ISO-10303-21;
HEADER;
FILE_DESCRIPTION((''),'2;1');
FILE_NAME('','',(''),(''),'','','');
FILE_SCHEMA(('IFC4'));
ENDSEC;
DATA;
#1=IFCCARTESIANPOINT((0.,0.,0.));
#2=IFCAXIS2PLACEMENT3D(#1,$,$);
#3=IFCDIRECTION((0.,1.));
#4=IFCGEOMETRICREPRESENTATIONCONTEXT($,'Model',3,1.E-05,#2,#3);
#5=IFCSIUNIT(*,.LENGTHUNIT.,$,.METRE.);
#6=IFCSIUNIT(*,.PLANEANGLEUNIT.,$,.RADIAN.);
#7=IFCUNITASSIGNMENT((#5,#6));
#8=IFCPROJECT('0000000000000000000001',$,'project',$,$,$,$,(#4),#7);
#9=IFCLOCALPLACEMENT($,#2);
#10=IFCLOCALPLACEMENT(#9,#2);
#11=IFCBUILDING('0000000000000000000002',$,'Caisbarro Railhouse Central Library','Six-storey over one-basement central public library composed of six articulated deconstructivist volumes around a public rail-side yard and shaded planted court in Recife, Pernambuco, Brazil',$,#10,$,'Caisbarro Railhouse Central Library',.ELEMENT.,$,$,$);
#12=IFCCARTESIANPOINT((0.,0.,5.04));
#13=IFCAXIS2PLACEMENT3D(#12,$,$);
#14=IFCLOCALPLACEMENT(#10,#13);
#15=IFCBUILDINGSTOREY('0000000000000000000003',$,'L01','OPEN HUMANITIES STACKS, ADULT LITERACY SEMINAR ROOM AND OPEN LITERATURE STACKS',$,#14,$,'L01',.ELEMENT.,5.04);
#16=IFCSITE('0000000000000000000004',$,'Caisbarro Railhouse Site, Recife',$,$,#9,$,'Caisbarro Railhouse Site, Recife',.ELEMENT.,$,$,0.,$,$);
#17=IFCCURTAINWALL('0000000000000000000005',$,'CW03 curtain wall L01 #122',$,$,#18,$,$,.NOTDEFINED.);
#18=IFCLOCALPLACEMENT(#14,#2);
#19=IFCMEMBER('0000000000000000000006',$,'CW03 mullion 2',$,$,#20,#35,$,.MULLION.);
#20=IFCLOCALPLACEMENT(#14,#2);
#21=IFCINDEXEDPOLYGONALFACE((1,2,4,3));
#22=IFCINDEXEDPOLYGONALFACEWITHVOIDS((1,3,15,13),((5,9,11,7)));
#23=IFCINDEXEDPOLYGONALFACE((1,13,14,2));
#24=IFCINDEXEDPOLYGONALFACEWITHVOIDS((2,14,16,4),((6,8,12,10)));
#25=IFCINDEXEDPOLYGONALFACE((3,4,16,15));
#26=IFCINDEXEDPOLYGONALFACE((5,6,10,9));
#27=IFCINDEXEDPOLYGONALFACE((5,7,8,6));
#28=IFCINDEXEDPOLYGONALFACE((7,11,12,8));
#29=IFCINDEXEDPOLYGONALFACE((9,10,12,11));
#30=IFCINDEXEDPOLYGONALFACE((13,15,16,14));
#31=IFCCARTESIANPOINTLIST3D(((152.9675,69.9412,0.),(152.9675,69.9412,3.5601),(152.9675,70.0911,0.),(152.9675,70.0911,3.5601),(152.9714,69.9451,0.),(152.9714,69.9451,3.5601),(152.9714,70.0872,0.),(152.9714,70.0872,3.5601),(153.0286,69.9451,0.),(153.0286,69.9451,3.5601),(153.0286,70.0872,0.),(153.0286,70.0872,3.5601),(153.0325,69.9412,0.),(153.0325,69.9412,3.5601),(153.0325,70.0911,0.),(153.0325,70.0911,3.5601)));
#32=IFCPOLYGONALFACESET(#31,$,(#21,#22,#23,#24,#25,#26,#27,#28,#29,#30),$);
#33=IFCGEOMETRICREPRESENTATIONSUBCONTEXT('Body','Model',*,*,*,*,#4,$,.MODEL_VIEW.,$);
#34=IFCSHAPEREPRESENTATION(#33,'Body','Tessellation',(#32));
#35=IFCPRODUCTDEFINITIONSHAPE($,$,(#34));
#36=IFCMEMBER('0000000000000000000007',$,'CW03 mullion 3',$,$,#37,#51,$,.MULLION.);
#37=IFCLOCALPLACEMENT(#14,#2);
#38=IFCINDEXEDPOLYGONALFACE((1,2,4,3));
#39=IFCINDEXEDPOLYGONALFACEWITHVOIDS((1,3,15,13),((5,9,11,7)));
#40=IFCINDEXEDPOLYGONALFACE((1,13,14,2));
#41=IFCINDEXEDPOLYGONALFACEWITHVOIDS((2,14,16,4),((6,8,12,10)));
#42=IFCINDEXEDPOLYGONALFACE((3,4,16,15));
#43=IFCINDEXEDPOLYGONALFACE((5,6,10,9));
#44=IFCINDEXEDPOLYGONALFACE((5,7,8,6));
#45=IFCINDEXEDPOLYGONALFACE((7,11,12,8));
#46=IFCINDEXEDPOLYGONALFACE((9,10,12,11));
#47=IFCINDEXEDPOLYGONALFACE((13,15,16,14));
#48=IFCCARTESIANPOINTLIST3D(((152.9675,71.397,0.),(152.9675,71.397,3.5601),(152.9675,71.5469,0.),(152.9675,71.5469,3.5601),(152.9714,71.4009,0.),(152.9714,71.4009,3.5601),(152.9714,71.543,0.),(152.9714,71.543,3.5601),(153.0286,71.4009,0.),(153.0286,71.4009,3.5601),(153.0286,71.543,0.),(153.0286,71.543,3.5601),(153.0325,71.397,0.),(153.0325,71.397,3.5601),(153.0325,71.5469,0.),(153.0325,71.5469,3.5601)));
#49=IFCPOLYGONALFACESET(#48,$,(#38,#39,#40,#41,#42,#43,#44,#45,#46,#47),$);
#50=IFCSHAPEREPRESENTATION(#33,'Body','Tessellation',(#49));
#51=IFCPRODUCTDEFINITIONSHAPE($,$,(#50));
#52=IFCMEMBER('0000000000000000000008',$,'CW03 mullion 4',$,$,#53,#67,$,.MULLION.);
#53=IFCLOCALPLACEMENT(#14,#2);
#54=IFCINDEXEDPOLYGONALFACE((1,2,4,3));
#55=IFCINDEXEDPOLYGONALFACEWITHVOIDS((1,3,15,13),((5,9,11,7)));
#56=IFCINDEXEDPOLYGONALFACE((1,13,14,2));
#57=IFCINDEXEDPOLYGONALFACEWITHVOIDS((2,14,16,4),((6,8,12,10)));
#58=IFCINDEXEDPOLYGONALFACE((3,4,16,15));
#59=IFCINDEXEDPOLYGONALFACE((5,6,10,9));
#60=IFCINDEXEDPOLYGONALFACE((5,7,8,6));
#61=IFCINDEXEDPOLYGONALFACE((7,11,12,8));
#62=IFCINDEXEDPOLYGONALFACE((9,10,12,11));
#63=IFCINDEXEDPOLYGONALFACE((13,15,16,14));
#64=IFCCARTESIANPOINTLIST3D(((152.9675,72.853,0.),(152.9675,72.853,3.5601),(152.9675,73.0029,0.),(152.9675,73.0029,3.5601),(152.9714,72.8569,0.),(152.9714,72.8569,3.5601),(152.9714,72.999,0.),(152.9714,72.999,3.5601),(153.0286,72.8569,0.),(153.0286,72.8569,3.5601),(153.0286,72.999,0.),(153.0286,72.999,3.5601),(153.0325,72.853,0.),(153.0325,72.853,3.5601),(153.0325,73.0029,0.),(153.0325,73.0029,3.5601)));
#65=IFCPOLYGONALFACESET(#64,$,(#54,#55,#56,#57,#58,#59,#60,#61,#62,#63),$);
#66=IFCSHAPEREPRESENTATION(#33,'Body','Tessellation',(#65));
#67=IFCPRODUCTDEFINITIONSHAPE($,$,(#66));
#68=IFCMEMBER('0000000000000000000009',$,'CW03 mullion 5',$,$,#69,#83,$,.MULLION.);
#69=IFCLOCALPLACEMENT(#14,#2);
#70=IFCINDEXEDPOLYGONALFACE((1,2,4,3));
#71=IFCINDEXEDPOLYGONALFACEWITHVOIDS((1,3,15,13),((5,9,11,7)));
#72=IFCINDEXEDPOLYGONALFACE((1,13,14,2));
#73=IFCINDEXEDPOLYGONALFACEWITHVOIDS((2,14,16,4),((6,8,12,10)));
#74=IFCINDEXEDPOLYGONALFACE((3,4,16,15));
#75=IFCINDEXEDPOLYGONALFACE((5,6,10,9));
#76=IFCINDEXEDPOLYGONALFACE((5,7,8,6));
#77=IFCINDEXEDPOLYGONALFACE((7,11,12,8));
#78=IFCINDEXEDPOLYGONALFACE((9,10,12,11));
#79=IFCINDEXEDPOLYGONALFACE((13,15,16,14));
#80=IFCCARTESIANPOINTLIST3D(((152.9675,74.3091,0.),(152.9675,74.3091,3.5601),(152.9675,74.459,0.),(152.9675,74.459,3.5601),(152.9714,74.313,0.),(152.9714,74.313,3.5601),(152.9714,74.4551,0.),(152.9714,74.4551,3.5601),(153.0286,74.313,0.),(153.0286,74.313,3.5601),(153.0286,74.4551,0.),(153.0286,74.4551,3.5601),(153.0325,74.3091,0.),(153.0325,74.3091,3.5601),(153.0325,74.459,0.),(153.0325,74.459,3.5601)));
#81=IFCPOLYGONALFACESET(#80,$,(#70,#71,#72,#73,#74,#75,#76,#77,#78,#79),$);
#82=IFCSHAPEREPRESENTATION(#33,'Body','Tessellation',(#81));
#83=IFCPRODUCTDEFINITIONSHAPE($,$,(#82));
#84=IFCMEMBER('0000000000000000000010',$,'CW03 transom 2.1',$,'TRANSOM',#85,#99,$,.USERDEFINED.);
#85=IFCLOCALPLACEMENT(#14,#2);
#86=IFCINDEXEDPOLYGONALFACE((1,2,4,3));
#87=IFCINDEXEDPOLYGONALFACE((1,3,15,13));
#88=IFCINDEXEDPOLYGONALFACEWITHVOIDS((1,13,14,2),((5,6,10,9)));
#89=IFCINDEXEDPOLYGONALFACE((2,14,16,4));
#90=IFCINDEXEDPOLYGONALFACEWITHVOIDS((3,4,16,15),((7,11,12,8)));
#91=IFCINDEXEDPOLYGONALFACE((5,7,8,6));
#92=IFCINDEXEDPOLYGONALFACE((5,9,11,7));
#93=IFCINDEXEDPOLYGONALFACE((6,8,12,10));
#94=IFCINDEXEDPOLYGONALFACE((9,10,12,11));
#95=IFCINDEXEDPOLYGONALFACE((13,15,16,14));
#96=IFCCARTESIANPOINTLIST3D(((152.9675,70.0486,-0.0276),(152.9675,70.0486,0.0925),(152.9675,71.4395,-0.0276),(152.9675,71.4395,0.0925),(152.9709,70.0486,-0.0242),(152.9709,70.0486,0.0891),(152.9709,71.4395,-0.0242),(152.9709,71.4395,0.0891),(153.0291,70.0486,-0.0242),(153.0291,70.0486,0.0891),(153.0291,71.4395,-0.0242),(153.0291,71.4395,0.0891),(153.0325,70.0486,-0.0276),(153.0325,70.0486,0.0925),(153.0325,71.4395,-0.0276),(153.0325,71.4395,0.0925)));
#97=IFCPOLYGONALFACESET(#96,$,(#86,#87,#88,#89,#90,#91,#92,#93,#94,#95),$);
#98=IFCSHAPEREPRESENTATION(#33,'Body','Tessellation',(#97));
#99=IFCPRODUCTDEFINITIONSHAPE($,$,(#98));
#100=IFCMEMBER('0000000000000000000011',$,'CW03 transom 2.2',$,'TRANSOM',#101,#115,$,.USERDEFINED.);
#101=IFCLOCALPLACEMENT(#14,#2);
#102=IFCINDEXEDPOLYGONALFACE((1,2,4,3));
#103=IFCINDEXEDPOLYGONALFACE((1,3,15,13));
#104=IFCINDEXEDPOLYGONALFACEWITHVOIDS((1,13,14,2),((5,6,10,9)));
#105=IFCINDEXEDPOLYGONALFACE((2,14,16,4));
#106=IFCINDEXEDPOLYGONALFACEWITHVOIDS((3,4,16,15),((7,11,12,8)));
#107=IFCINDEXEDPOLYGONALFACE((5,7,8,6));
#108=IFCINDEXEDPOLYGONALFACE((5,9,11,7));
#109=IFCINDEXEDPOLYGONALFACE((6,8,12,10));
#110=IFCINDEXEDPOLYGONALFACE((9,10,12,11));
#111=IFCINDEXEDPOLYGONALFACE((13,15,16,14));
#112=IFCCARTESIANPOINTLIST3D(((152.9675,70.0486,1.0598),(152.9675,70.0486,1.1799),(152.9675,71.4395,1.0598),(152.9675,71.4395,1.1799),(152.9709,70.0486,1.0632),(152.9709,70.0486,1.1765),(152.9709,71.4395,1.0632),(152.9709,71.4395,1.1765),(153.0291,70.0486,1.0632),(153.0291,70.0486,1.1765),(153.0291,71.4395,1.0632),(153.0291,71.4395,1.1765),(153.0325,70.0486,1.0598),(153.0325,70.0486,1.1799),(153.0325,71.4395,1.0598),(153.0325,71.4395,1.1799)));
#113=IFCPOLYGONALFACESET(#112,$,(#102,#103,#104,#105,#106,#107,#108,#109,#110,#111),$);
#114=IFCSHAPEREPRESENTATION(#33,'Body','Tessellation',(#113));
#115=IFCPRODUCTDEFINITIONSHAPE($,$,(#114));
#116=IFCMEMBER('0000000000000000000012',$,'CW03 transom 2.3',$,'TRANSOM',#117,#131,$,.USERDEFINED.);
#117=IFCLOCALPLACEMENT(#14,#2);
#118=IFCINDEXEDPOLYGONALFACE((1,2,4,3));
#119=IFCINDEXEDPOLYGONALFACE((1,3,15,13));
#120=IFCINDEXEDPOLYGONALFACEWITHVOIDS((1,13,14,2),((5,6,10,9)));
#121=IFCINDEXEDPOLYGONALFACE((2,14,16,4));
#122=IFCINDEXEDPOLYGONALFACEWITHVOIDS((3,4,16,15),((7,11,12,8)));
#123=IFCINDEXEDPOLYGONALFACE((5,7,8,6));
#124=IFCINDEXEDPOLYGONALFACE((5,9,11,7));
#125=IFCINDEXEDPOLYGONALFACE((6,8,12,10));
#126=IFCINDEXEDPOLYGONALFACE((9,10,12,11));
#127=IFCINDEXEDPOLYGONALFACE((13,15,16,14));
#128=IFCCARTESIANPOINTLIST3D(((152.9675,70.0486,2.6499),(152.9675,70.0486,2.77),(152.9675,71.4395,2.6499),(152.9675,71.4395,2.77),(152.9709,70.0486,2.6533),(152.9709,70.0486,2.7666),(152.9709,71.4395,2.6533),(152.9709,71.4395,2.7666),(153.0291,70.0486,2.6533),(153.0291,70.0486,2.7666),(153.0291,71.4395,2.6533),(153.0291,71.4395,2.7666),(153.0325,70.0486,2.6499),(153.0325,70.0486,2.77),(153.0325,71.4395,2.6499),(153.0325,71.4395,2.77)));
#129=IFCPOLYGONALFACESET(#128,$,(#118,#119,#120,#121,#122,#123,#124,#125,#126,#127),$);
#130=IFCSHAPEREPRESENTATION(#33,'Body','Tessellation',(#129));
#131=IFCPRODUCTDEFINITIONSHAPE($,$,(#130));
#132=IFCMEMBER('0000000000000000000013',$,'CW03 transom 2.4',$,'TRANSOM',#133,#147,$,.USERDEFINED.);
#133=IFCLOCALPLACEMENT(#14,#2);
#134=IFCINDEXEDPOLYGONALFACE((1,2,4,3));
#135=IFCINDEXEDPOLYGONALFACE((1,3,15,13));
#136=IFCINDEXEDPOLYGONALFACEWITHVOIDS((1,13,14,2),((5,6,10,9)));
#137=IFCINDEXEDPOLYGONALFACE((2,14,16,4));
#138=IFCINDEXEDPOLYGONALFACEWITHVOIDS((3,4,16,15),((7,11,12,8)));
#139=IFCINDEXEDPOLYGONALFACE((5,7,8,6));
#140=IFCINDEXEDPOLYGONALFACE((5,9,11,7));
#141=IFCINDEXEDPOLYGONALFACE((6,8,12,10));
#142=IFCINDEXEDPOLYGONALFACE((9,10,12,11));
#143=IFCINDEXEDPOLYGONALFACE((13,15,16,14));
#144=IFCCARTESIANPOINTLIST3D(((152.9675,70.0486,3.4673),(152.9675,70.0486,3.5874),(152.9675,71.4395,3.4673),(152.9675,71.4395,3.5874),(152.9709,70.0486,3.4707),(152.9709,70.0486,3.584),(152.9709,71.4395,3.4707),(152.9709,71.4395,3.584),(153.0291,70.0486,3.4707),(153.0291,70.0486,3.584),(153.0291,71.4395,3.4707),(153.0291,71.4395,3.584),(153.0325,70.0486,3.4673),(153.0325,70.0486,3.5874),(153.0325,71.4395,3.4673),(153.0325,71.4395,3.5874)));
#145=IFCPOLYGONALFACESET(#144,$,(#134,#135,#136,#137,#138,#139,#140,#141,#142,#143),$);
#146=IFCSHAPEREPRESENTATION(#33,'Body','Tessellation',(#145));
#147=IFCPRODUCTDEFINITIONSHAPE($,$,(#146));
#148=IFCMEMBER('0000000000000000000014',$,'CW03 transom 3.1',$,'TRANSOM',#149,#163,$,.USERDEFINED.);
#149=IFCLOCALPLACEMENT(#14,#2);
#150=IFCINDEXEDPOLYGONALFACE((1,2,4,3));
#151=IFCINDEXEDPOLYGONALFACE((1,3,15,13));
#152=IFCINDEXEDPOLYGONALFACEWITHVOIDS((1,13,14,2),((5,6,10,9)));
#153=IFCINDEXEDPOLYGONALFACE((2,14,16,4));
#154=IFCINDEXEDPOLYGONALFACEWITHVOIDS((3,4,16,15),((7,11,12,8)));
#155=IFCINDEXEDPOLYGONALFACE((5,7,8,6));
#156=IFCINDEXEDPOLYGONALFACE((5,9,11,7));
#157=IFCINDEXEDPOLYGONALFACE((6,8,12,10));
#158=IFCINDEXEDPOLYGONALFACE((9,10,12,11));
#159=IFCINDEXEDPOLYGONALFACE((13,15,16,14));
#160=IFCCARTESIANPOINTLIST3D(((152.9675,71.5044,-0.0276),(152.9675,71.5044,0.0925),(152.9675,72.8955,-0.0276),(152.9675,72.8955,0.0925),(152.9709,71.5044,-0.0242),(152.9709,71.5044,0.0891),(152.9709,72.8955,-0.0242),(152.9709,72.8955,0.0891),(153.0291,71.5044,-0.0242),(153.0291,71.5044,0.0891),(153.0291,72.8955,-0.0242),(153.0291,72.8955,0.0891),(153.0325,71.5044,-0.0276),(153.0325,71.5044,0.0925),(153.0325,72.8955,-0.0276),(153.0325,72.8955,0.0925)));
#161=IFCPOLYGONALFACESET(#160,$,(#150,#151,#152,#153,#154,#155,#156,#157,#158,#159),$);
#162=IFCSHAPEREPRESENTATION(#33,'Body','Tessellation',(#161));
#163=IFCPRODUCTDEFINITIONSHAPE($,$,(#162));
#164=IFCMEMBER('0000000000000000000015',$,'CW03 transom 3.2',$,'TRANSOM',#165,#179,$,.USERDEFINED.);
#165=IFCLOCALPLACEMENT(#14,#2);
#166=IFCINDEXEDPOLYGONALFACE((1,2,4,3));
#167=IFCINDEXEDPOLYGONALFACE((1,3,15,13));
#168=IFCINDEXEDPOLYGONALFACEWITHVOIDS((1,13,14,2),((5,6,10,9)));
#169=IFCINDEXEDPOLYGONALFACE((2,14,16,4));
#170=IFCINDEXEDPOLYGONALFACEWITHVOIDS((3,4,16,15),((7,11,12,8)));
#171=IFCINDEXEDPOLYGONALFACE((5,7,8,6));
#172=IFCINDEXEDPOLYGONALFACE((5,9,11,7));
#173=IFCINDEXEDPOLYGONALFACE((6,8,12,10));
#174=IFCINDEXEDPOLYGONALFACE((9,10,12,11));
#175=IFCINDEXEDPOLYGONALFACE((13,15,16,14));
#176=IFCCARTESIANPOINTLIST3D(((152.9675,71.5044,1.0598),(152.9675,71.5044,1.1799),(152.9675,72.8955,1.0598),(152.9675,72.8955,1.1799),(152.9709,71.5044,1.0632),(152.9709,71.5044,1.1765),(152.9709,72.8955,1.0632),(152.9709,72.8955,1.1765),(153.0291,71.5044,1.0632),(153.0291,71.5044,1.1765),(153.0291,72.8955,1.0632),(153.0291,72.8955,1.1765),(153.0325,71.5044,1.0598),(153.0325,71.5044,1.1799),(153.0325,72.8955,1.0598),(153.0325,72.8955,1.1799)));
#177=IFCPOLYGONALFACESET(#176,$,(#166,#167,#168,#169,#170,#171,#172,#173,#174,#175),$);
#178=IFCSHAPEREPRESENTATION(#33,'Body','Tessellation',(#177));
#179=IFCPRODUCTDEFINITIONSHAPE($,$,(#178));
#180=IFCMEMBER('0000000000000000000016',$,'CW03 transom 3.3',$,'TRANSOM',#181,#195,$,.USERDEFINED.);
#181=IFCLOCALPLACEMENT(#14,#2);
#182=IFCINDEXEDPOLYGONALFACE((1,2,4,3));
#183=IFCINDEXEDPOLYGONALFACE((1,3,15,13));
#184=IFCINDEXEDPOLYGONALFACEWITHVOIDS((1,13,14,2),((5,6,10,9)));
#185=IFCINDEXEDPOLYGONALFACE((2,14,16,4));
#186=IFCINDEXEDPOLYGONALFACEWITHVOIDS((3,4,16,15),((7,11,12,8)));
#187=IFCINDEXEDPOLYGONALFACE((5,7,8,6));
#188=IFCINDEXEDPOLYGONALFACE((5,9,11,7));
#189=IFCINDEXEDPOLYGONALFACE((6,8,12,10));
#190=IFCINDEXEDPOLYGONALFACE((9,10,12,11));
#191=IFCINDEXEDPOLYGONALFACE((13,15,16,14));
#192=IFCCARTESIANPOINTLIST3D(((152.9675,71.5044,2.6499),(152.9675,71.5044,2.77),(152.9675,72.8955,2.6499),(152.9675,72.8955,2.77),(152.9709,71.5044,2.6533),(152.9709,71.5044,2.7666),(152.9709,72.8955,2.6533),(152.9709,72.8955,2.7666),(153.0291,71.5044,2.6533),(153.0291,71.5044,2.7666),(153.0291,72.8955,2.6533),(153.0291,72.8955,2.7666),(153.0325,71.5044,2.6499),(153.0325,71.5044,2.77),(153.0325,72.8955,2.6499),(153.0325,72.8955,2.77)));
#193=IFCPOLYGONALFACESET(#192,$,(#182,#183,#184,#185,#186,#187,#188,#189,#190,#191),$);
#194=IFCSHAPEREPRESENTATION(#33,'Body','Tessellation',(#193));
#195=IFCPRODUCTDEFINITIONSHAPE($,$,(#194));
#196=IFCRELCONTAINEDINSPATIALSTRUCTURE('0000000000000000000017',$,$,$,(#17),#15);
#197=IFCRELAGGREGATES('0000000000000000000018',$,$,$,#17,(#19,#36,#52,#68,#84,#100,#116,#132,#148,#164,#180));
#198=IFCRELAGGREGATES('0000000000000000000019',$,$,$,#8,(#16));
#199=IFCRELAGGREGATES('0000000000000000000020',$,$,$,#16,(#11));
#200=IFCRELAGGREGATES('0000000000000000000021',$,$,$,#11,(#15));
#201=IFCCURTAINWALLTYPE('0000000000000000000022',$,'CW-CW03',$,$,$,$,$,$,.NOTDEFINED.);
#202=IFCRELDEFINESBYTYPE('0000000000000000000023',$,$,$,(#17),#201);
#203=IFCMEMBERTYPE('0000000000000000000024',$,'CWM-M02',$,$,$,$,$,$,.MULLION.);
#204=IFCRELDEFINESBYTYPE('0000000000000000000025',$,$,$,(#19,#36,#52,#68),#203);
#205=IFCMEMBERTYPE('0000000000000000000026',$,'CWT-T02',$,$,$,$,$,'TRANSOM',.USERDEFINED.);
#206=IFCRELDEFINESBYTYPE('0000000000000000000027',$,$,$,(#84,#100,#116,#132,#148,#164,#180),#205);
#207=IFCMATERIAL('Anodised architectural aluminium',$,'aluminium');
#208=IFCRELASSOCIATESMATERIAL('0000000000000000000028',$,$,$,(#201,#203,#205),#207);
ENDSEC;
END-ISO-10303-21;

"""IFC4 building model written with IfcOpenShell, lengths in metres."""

from ifc_helpers import new_model, si_unit, direction, frame, origin, origin_2d, place, context, subcontext, project, spatial, hollow_rectangle, extrude, material, material_profile, profile_set, type_object, element, aggregate, save


model = new_model("IFC4")

# Units and contexts
model_context = context("Model", 3, precision=1e-05, world=origin(), true_north=direction((0.0, 1.0)))
body_context = subcontext(model_context, "Body", "Model", "MODEL_VIEW")
ifc_project = project(units=[si_unit("LENGTHUNIT", "METRE"), si_unit("PLANEANGLEUNIT", "RADIAN")], contexts=[model_context])

# Site, building, storey
site_placement = place(None, origin())
site = spatial("IfcSite", under=ifc_project, at=site_placement, Name="Caisbarro Railhouse Site, Recife", LongName="Caisbarro Railhouse Site, Recife", CompositionType="ELEMENT", RefElevation=0.0)
building_placement = place(site_placement, origin())
building = spatial("IfcBuilding", under=site, at=building_placement, Name="Caisbarro Railhouse Central Library", Description="Six-storey over one-basement central public library composed of six articulated deconstructivist volumes around a public rail-side yard and shaded planted court in Recife, Pernambuco, Brazil", LongName="Caisbarro Railhouse Central Library", CompositionType="ELEMENT")
storey_placement = place(building_placement, frame((0.0, 0.0, 5.04)))
storey = spatial("IfcBuildingStorey", under=building, at=storey_placement, Name="L01", Description="OPEN HUMANITIES STACKS, ADULT LITERACY SEMINAR ROOM AND OPEN LITERATURE STACKS", LongName="L01", CompositionType="ELEMENT", Elevation=5.04)

# Curtain wall, members
ifc_material_1 = material(Name="Anodised architectural aluminium", Category="aluminium")
curtain_wall_type = type_object("IfcCurtainWallType", Name="CW-CW03", PredefinedType="NOTDEFINED", material=ifc_material_1)
curtain_wall_placement = place(storey_placement, origin())
curtain_wall = element("IfcCurtainWall", 1, at=curtain_wall_placement, inside=storey, type_object=curtain_wall_type, Name="CW03 curtain wall L01 #122", PredefinedType="NOTDEFINED")
ifc_material_profile_1 = material_profile(ifc_material_1, hollow_rectangle(XDim=0.0649, YDim=0.1499, WallThickness=0.0039, at=origin_2d()), Name="ALU-MUL-65X150")
ifc_profile_set_1 = profile_set([ifc_material_profile_1], Name="Anodised architectural aluminium")
member_type_1 = type_object("IfcMemberType", Name="CWM-M02", PredefinedType="MULLION", material=ifc_profile_set_1)
member_1_placement = place(storey_placement, frame((153.0, 70.0161, 0.0), z_axis=(0.0, 0.0, 1.0), x_axis=(-1.0, 0.0, 0.0)))
member_1 = element("IfcMember", 2, at=member_1_placement, type_object=member_type_1, Name="CW03 mullion 2", PredefinedType="MULLION", context=body_context, shape_type="SweptSolid", body=[
    extrude(hollow_rectangle(XDim=0.0649, YDim=0.1499, WallThickness=0.0039, at=origin_2d()), origin(), (0.0, 0.0, 1.0), 3.5601),
])
member_2_placement = place(storey_placement, frame((153.0, 71.4719, 0.0), z_axis=(0.0, 0.0, 1.0), x_axis=(-1.0, 0.0, 0.0)))
member_2 = element("IfcMember", 3, at=member_2_placement, type_object=member_type_1, Name="CW03 mullion 3", PredefinedType="MULLION", context=body_context, shape_type="SweptSolid", body=[
    extrude(hollow_rectangle(XDim=0.0649, YDim=0.1499, WallThickness=0.0039, at=origin_2d()), origin(), (0.0, 0.0, 1.0), 3.5601),
])
member_3_placement = place(storey_placement, frame((153.0, 72.928, 0.0), z_axis=(0.0, 0.0, 1.0), x_axis=(-1.0, 0.0, 0.0)))
member_3 = element("IfcMember", 4, at=member_3_placement, type_object=member_type_1, Name="CW03 mullion 4", PredefinedType="MULLION", context=body_context, shape_type="SweptSolid", body=[
    extrude(hollow_rectangle(XDim=0.0649, YDim=0.1499, WallThickness=0.0039, at=origin_2d()), origin(), (0.0, 0.0, 1.0), 3.5601),
])
member_4_placement = place(storey_placement, frame((153.0, 74.384, 0.0), z_axis=(0.0, 0.0, 1.0), x_axis=(-1.0, 0.0, 0.0)))
member_4 = element("IfcMember", 5, at=member_4_placement, type_object=member_type_1, Name="CW03 mullion 5", PredefinedType="MULLION", context=body_context, shape_type="SweptSolid", body=[
    extrude(hollow_rectangle(XDim=0.0649, YDim=0.1499, WallThickness=0.0039, at=origin_2d()), origin(), (0.0, 0.0, 1.0), 3.5601),
])
ifc_material_profile_2 = material_profile(ifc_material_1, hollow_rectangle(XDim=0.0649, YDim=0.1201, WallThickness=0.0034, at=origin_2d()), Name="ALU-TRN-65X120")
ifc_profile_set_2 = profile_set([ifc_material_profile_2], Name="Anodised architectural aluminium")
member_type_2 = type_object("IfcMemberType", Name="CWT-T02", ElementType="TRANSOM", PredefinedType="USERDEFINED", material=ifc_profile_set_2)
member_5_placement = place(storey_placement, frame((153.0, 70.0486, 0.0325), z_axis=(0.0, 1.0, 0.0), x_axis=(-1.0, 0.0, 0.0)))
member_5 = element("IfcMember", 6, at=member_5_placement, type_object=member_type_2, Name="CW03 transom 2.1", ObjectType="TRANSOM", PredefinedType="USERDEFINED", context=body_context, shape_type="SweptSolid", body=[
    extrude(hollow_rectangle(XDim=0.0649, YDim=0.1201, WallThickness=0.0034, at=origin_2d()), origin(), (0.0, 0.0, 1.0), 1.3909),
])
member_6_placement = place(storey_placement, frame((153.0, 70.0486, 1.1199), z_axis=(0.0, 1.0, 0.0), x_axis=(-1.0, 0.0, 0.0)))
member_6 = element("IfcMember", 7, at=member_6_placement, type_object=member_type_2, Name="CW03 transom 2.2", ObjectType="TRANSOM", PredefinedType="USERDEFINED", context=body_context, shape_type="SweptSolid", body=[
    extrude(hollow_rectangle(XDim=0.0649, YDim=0.1201, WallThickness=0.0034, at=origin_2d()), origin(), (0.0, 0.0, 1.0), 1.3909),
])
member_7_placement = place(storey_placement, frame((153.0, 70.0486, 2.71), z_axis=(0.0, 1.0, 0.0), x_axis=(-1.0, 0.0, 0.0)))
member_7 = element("IfcMember", 8, at=member_7_placement, type_object=member_type_2, Name="CW03 transom 2.3", ObjectType="TRANSOM", PredefinedType="USERDEFINED", context=body_context, shape_type="SweptSolid", body=[
    extrude(hollow_rectangle(XDim=0.0649, YDim=0.1201, WallThickness=0.0034, at=origin_2d()), origin(), (0.0, 0.0, 1.0), 1.3909),
])
member_8_placement = place(storey_placement, frame((153.0, 70.0486, 3.5273), z_axis=(0.0, 1.0, 0.0), x_axis=(-1.0, 0.0, 0.0)))
member_8 = element("IfcMember", 9, at=member_8_placement, type_object=member_type_2, Name="CW03 transom 2.4", ObjectType="TRANSOM", PredefinedType="USERDEFINED", context=body_context, shape_type="SweptSolid", body=[
    extrude(hollow_rectangle(XDim=0.0649, YDim=0.1201, WallThickness=0.0034, at=origin_2d()), origin(), (0.0, 0.0, 1.0), 1.3909),
])
member_9_placement = place(storey_placement, frame((153.0, 71.5044, 0.0325), z_axis=(0.0, 1.0, 0.0), x_axis=(-1.0, 0.0, 0.0)))
member_9 = element("IfcMember", 10, at=member_9_placement, type_object=member_type_2, Name="CW03 transom 3.1", ObjectType="TRANSOM", PredefinedType="USERDEFINED", context=body_context, shape_type="SweptSolid", body=[
    extrude(hollow_rectangle(XDim=0.0649, YDim=0.1201, WallThickness=0.0034, at=origin_2d()), origin(), (0.0, 0.0, 1.0), 1.3911),
])
member_10_placement = place(storey_placement, frame((153.0, 71.5044, 1.1199), z_axis=(0.0, 1.0, 0.0), x_axis=(-1.0, 0.0, 0.0)))
member_10 = element("IfcMember", 11, at=member_10_placement, type_object=member_type_2, Name="CW03 transom 3.2", ObjectType="TRANSOM", PredefinedType="USERDEFINED", context=body_context, shape_type="SweptSolid", body=[
    extrude(hollow_rectangle(XDim=0.0649, YDim=0.1201, WallThickness=0.0034, at=origin_2d()), origin(), (0.0, 0.0, 1.0), 1.3911),
])
member_11_placement = place(storey_placement, frame((153.0, 71.5044, 2.71), z_axis=(0.0, 1.0, 0.0), x_axis=(-1.0, 0.0, 0.0)))
member_11 = element("IfcMember", 12, at=member_11_placement, type_object=member_type_2, Name="CW03 transom 3.3", ObjectType="TRANSOM", PredefinedType="USERDEFINED", context=body_context, shape_type="SweptSolid", body=[
    extrude(hollow_rectangle(XDim=0.0649, YDim=0.1201, WallThickness=0.0034, at=origin_2d()), origin(), (0.0, 0.0, 1.0), 1.3911),
])
aggregate(curtain_wall, [member_1, member_2, member_3, member_4, member_5, member_6, member_7, member_8, member_9, member_10, member_11])

save(model, "model.ifc")
